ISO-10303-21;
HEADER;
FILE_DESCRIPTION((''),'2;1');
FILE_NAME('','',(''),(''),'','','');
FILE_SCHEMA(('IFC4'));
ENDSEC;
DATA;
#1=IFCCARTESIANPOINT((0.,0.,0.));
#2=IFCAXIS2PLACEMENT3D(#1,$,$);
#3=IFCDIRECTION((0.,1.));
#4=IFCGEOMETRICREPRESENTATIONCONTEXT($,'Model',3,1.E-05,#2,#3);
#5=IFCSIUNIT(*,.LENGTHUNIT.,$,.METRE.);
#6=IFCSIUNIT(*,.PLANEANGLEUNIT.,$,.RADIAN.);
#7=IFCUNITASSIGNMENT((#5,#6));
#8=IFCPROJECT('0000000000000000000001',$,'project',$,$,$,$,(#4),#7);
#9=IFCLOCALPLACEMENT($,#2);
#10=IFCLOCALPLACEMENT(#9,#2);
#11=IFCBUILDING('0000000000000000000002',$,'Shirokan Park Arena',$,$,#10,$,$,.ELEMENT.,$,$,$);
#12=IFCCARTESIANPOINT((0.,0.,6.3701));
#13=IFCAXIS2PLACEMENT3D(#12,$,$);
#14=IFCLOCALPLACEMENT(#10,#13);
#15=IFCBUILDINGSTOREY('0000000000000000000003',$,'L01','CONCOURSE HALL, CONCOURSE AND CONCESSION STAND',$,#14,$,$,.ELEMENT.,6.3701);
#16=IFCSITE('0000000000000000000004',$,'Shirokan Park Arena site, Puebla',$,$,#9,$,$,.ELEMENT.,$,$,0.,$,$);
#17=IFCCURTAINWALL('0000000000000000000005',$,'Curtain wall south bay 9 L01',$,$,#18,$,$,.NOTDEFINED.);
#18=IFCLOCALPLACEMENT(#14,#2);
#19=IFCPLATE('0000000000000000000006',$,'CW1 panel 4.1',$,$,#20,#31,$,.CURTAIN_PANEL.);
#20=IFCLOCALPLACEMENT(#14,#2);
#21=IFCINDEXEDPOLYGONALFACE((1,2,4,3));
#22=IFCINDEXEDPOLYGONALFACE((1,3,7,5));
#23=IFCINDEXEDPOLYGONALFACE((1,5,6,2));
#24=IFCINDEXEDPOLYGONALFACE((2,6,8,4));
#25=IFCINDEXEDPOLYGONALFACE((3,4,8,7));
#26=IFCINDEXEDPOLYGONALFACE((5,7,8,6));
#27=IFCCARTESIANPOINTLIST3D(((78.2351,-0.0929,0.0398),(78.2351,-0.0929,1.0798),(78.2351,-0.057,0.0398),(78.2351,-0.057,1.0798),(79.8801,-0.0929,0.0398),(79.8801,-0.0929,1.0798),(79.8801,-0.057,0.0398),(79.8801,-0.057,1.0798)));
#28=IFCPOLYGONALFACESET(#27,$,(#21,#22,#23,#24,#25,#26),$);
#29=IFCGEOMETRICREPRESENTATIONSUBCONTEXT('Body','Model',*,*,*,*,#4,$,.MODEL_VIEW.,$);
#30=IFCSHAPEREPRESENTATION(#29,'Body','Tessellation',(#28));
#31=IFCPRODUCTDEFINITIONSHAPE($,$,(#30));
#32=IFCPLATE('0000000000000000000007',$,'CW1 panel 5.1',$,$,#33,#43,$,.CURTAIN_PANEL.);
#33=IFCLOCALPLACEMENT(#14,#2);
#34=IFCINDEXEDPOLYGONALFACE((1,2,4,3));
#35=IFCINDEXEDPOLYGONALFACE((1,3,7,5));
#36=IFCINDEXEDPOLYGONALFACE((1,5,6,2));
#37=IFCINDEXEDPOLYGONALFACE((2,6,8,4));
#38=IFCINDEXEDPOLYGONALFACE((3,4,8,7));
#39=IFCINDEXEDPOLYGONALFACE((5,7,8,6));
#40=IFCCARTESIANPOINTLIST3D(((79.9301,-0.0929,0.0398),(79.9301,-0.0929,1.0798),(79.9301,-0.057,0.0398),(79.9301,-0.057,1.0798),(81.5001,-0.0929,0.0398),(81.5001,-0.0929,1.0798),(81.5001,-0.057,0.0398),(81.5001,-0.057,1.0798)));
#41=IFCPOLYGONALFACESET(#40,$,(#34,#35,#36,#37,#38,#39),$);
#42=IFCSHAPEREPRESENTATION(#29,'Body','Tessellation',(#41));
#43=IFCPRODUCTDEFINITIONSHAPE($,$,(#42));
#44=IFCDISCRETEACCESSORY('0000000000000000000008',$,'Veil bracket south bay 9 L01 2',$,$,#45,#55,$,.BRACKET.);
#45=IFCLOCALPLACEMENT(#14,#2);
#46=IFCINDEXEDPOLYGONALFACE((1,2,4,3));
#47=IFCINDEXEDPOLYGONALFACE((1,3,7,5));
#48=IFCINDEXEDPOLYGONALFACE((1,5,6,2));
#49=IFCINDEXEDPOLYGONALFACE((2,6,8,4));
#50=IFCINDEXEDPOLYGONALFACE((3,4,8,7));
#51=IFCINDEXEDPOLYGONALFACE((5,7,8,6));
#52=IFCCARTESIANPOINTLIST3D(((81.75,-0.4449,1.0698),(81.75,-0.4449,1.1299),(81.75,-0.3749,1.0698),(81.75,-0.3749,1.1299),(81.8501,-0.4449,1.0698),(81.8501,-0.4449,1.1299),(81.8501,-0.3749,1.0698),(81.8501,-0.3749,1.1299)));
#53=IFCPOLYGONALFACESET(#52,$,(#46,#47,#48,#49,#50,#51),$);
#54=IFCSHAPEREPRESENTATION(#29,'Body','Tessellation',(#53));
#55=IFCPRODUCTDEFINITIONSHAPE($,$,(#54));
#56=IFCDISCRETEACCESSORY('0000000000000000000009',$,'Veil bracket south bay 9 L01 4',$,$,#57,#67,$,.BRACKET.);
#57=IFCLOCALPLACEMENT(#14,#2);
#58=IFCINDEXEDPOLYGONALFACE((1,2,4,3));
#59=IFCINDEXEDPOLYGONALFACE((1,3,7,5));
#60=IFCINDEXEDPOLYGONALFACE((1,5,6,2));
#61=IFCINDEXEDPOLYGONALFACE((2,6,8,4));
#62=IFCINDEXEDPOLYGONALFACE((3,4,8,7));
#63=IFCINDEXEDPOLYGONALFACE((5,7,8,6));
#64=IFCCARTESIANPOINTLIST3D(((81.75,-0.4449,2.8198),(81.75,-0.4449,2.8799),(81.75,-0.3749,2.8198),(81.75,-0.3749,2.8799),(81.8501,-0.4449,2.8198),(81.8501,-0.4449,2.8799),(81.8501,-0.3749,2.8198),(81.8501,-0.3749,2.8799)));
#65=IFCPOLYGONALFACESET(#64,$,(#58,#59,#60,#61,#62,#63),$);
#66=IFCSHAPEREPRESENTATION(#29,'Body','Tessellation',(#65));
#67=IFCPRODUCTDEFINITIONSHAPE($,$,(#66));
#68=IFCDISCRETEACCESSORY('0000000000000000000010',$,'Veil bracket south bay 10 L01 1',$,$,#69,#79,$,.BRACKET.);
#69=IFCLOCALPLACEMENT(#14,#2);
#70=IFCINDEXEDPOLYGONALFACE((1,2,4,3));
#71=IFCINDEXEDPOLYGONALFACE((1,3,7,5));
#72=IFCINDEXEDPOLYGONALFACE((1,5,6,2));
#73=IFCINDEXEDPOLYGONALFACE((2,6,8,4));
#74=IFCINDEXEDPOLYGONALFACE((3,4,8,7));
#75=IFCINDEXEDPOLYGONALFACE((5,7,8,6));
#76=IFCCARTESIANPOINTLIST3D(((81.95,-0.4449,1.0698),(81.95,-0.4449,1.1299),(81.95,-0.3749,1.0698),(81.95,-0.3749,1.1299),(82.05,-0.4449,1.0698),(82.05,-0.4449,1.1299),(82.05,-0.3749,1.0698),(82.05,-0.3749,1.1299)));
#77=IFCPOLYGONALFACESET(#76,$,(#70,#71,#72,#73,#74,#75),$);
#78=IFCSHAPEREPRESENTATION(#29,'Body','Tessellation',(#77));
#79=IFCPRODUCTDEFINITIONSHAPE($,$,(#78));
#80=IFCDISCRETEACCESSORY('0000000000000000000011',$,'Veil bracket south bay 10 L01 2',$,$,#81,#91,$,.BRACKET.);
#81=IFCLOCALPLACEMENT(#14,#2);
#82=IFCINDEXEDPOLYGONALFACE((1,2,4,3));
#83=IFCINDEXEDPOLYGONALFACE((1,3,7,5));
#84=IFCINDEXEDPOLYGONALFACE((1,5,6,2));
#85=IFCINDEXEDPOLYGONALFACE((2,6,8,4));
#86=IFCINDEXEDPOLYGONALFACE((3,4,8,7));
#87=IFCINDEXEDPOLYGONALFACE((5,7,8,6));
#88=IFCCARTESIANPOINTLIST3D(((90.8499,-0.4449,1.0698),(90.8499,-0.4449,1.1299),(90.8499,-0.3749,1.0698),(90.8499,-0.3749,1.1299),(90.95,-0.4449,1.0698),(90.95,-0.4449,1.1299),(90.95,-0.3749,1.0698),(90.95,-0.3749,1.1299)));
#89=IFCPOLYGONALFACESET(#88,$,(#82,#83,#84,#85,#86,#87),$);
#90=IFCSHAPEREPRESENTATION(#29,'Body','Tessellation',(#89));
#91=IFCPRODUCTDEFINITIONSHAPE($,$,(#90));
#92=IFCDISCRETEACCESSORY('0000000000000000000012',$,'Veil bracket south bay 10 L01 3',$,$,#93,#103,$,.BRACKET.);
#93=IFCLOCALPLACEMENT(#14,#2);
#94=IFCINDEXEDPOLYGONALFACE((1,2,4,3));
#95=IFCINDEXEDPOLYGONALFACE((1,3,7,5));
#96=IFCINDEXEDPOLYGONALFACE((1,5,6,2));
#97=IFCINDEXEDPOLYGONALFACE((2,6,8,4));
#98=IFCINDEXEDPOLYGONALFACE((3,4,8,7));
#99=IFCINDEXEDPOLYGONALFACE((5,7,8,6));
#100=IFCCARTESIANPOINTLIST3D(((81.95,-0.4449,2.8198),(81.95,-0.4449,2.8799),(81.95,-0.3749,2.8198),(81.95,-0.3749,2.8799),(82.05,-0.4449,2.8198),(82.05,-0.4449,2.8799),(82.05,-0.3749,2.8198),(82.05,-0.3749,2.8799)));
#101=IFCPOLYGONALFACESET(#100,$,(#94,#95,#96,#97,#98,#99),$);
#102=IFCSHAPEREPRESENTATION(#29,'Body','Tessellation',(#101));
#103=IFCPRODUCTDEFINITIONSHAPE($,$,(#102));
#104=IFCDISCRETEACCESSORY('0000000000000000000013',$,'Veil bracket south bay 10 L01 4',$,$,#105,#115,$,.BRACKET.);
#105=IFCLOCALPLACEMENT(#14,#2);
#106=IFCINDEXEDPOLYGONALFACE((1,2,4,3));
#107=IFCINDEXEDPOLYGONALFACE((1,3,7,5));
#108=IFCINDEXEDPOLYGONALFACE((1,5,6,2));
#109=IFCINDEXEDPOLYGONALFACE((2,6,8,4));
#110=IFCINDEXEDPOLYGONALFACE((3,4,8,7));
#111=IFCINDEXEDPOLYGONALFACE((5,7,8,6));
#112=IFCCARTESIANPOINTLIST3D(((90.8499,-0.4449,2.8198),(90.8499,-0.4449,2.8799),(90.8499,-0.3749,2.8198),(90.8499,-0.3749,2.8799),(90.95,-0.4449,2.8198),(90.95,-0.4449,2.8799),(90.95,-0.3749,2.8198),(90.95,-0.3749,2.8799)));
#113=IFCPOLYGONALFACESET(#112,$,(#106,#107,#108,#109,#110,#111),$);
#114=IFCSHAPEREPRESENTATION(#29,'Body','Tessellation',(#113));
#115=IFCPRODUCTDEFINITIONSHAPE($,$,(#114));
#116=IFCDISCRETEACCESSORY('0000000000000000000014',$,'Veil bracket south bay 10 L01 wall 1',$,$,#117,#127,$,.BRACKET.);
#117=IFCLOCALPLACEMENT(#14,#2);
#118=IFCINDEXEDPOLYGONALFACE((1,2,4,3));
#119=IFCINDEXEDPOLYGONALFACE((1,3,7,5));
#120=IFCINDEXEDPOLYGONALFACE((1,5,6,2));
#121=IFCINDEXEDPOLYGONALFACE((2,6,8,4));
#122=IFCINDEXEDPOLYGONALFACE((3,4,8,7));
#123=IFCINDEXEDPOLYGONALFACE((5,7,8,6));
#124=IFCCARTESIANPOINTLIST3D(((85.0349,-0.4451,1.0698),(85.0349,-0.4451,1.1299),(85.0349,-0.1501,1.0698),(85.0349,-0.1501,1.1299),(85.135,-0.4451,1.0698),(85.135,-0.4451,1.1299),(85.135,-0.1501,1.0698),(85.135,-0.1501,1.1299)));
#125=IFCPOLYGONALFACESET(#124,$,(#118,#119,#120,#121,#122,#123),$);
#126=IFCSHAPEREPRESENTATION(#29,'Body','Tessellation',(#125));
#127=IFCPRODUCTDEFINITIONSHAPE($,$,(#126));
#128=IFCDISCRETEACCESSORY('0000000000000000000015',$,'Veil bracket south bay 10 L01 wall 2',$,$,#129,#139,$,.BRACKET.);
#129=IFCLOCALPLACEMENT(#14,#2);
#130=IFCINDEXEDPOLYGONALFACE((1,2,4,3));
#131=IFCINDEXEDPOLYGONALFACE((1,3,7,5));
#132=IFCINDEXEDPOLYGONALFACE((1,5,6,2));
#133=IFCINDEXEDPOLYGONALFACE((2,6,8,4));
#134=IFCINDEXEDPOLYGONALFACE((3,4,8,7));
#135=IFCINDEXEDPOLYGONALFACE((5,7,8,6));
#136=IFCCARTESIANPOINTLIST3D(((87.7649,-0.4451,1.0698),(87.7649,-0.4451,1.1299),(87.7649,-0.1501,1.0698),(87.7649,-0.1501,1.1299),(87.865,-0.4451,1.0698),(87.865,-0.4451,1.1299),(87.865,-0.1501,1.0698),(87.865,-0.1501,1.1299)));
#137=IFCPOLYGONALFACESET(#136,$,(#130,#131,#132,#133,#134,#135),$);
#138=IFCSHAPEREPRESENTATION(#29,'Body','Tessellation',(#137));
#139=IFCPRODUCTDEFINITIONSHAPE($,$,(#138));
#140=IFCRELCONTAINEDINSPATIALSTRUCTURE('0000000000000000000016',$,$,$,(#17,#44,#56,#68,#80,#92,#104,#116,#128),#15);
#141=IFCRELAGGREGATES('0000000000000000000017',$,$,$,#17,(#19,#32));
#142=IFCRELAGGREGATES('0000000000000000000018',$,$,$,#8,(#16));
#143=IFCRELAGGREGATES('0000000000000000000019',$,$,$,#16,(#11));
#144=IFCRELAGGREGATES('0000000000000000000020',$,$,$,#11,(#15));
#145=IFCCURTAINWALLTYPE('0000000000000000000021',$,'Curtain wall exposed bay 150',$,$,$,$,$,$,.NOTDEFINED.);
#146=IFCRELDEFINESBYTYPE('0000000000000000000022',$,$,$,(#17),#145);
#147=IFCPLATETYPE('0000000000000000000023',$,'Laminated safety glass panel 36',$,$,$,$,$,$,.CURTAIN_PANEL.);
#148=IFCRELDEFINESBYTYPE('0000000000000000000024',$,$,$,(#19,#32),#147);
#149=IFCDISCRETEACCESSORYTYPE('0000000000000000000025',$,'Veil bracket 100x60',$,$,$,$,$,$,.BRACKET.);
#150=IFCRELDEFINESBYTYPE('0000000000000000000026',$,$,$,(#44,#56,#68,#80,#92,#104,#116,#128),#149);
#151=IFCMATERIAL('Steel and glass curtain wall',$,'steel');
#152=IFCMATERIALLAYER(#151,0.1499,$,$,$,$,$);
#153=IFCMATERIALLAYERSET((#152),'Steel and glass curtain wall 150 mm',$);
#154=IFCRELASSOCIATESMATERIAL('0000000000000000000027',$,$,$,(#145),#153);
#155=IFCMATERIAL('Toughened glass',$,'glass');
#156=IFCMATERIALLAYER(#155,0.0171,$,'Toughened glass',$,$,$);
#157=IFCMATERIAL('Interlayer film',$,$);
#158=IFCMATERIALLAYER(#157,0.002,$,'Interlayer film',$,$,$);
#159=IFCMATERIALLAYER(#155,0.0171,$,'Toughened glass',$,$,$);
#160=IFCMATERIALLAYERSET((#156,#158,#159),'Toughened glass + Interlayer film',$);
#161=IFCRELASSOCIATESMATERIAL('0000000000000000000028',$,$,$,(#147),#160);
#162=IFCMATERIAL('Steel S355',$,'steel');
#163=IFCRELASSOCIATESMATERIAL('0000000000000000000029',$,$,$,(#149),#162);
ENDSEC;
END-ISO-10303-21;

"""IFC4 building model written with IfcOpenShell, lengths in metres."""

from ifc_helpers import new_model, si_unit, direction, frame, origin, origin_2d, place, context, subcontext, project, spatial, rectangle, extrude, material, layer, layer_set, type_object, element, aggregate, save


model = new_model("IFC4")

# Units and contexts
model_context = context("Model", 3, precision=1e-05, world=origin(), true_north=direction((0.0, 1.0)))
body_context = subcontext(model_context, "Body", "Model", "MODEL_VIEW")
ifc_project = project(units=[si_unit("LENGTHUNIT", "METRE"), si_unit("PLANEANGLEUNIT", "RADIAN")], contexts=[model_context])

# Site, building, storey
site_placement = place(None, origin())
site = spatial("IfcSite", under=ifc_project, at=site_placement, Name="Shirokan Park Arena site, Puebla", CompositionType="ELEMENT", RefElevation=0.0)
building_placement = place(site_placement, origin())
building = spatial("IfcBuilding", under=site, at=building_placement, Name="Shirokan Park Arena", CompositionType="ELEMENT")
storey_placement = place(building_placement, frame((0.0, 0.0, 6.3701)))
storey = spatial("IfcBuildingStorey", under=building, at=storey_placement, Name="L01", Description="CONCOURSE HALL, CONCOURSE AND CONCESSION STAND", CompositionType="ELEMENT", Elevation=6.3701)

# Curtain wall, plates
ifc_material_1 = material(Name="Steel and glass curtain wall", Category="steel")
ifc_layer_1 = layer(ifc_material_1, 0.1499)
ifc_layer_set_1 = layer_set([ifc_layer_1], Name="Steel and glass curtain wall 150 mm")
curtain_wall_type = type_object("IfcCurtainWallType", Name="Curtain wall exposed bay 150", PredefinedType="NOTDEFINED", material=ifc_layer_set_1)
curtain_wall_placement = place(storey_placement, origin())
curtain_wall = element("IfcCurtainWall", 1, at=curtain_wall_placement, inside=storey, type_object=curtain_wall_type, Name="Curtain wall south bay 9 L01", PredefinedType="NOTDEFINED")
ifc_material_2 = material(Name="Steel S355", Category="steel")
ifc_material_3 = material(Name="Toughened glass", Category="glass")
ifc_material_4 = material(Name="Interlayer film")
ifc_layer_2 = layer(ifc_material_3, 0.0171, Name="Toughened glass")
ifc_layer_3 = layer(ifc_material_4, 0.002, Name="Interlayer film")
ifc_layer_4 = layer(ifc_material_3, 0.0171, Name="Toughened glass")
ifc_layer_set_2 = layer_set([ifc_layer_2, ifc_layer_3, ifc_layer_4], Name="Toughened glass + Interlayer film")
plate_type_1 = type_object("IfcPlateType", Name="Laminated safety glass panel 36", PredefinedType="CURTAIN_PANEL", material=ifc_layer_set_2)
plate_1_placement = place(storey_placement, frame((79.0576, -0.075, 0.0398), z_axis=(0.0, 0.0, 1.0), x_axis=(1.0, 0.0, 0.0)))
plate_1 = element("IfcPlate", 2, at=plate_1_placement, type_object=plate_type_1, Name="CW1 panel 4.1", PredefinedType="CURTAIN_PANEL", context=body_context, shape_type="SweptSolid", body=[
    extrude(rectangle(XDim=1.645, YDim=0.0359, at=origin_2d()), origin(), (0.0, 0.0, 1.0), 1.04),
])
plate_2_placement = place(storey_placement, frame((80.7151, -0.075, 0.0398), z_axis=(0.0, 0.0, 1.0), x_axis=(1.0, 0.0, 0.0)))
plate_2 = element("IfcPlate", 3, at=plate_2_placement, type_object=plate_type_1, Name="CW1 panel 5.1", PredefinedType="CURTAIN_PANEL", context=body_context, shape_type="SweptSolid", body=[
    extrude(rectangle(XDim=1.5701, YDim=0.0359, at=origin_2d()), origin(), (0.0, 0.0, 1.0), 1.04),
])
aggregate(curtain_wall, [plate_1, plate_2])

# Discrete accessories
discrete_accessory_type = type_object("IfcDiscreteAccessoryType", Name="Veil bracket 100x60", PredefinedType="BRACKET", material=ifc_material_2)
for number, where, z_axis, x_axis, name in (
    (4, (81.8, -0.4099, 1.0698), (0.0, 0.0, 1.0), (1.0, 0.0, 0.0), "Veil bracket south bay 9 L01 2"),
    (5, (81.8, -0.4099, 2.8198), (0.0, 0.0, 1.0), (1.0, 0.0, 0.0), "Veil bracket south bay 9 L01 4"),
    (6, (82.0, -0.4099, 1.0698), (0.0, 0.0, 1.0), (1.0, 0.0, 0.0), "Veil bracket south bay 10 L01 1"),
    (7, (90.8999, -0.4099, 1.0698), (0.0, 0.0, 1.0), (1.0, 0.0, 0.0), "Veil bracket south bay 10 L01 2"),
    (8, (82.0, -0.4099, 2.8198), (0.0, 0.0, 1.0), (1.0, 0.0, 0.0), "Veil bracket south bay 10 L01 3"),
    (9, (90.8999, -0.4099, 2.8198), (0.0, 0.0, 1.0), (1.0, 0.0, 0.0), "Veil bracket south bay 10 L01 4"),
):
    element("IfcDiscreteAccessory", number, at=place(storey_placement, frame(where, z_axis=z_axis, x_axis=x_axis)), inside=storey, type_object=discrete_accessory_type, Name=name, PredefinedType="BRACKET", context=body_context, shape_type="SweptSolid", body=[
        extrude(rectangle(XDim=0.1001, YDim=0.0701, at=origin_2d()), origin(), (0.0, 0.0, 1.0), 0.0601),
    ])
for number, where, z_axis, x_axis, name in (
    (10, (85.085, -0.2976, 1.0698), (0.0, 0.0, 1.0), (1.0, 0.0, 0.0), "Veil bracket south bay 10 L01 wall 1"),
    (11, (87.8149, -0.2976, 1.0698), (0.0, 0.0, 1.0), (1.0, 0.0, 0.0), "Veil bracket south bay 10 L01 wall 2"),
):
    element("IfcDiscreteAccessory", number, at=place(storey_placement, frame(where, z_axis=z_axis, x_axis=x_axis)), inside=storey, type_object=discrete_accessory_type, Name=name, PredefinedType="BRACKET", context=body_context, shape_type="SweptSolid", body=[
        extrude(rectangle(XDim=0.1001, YDim=0.2949, at=origin_2d()), origin(), (0.0, 0.0, 1.0), 0.0601),
    ])

save(model, "model.ifc")
